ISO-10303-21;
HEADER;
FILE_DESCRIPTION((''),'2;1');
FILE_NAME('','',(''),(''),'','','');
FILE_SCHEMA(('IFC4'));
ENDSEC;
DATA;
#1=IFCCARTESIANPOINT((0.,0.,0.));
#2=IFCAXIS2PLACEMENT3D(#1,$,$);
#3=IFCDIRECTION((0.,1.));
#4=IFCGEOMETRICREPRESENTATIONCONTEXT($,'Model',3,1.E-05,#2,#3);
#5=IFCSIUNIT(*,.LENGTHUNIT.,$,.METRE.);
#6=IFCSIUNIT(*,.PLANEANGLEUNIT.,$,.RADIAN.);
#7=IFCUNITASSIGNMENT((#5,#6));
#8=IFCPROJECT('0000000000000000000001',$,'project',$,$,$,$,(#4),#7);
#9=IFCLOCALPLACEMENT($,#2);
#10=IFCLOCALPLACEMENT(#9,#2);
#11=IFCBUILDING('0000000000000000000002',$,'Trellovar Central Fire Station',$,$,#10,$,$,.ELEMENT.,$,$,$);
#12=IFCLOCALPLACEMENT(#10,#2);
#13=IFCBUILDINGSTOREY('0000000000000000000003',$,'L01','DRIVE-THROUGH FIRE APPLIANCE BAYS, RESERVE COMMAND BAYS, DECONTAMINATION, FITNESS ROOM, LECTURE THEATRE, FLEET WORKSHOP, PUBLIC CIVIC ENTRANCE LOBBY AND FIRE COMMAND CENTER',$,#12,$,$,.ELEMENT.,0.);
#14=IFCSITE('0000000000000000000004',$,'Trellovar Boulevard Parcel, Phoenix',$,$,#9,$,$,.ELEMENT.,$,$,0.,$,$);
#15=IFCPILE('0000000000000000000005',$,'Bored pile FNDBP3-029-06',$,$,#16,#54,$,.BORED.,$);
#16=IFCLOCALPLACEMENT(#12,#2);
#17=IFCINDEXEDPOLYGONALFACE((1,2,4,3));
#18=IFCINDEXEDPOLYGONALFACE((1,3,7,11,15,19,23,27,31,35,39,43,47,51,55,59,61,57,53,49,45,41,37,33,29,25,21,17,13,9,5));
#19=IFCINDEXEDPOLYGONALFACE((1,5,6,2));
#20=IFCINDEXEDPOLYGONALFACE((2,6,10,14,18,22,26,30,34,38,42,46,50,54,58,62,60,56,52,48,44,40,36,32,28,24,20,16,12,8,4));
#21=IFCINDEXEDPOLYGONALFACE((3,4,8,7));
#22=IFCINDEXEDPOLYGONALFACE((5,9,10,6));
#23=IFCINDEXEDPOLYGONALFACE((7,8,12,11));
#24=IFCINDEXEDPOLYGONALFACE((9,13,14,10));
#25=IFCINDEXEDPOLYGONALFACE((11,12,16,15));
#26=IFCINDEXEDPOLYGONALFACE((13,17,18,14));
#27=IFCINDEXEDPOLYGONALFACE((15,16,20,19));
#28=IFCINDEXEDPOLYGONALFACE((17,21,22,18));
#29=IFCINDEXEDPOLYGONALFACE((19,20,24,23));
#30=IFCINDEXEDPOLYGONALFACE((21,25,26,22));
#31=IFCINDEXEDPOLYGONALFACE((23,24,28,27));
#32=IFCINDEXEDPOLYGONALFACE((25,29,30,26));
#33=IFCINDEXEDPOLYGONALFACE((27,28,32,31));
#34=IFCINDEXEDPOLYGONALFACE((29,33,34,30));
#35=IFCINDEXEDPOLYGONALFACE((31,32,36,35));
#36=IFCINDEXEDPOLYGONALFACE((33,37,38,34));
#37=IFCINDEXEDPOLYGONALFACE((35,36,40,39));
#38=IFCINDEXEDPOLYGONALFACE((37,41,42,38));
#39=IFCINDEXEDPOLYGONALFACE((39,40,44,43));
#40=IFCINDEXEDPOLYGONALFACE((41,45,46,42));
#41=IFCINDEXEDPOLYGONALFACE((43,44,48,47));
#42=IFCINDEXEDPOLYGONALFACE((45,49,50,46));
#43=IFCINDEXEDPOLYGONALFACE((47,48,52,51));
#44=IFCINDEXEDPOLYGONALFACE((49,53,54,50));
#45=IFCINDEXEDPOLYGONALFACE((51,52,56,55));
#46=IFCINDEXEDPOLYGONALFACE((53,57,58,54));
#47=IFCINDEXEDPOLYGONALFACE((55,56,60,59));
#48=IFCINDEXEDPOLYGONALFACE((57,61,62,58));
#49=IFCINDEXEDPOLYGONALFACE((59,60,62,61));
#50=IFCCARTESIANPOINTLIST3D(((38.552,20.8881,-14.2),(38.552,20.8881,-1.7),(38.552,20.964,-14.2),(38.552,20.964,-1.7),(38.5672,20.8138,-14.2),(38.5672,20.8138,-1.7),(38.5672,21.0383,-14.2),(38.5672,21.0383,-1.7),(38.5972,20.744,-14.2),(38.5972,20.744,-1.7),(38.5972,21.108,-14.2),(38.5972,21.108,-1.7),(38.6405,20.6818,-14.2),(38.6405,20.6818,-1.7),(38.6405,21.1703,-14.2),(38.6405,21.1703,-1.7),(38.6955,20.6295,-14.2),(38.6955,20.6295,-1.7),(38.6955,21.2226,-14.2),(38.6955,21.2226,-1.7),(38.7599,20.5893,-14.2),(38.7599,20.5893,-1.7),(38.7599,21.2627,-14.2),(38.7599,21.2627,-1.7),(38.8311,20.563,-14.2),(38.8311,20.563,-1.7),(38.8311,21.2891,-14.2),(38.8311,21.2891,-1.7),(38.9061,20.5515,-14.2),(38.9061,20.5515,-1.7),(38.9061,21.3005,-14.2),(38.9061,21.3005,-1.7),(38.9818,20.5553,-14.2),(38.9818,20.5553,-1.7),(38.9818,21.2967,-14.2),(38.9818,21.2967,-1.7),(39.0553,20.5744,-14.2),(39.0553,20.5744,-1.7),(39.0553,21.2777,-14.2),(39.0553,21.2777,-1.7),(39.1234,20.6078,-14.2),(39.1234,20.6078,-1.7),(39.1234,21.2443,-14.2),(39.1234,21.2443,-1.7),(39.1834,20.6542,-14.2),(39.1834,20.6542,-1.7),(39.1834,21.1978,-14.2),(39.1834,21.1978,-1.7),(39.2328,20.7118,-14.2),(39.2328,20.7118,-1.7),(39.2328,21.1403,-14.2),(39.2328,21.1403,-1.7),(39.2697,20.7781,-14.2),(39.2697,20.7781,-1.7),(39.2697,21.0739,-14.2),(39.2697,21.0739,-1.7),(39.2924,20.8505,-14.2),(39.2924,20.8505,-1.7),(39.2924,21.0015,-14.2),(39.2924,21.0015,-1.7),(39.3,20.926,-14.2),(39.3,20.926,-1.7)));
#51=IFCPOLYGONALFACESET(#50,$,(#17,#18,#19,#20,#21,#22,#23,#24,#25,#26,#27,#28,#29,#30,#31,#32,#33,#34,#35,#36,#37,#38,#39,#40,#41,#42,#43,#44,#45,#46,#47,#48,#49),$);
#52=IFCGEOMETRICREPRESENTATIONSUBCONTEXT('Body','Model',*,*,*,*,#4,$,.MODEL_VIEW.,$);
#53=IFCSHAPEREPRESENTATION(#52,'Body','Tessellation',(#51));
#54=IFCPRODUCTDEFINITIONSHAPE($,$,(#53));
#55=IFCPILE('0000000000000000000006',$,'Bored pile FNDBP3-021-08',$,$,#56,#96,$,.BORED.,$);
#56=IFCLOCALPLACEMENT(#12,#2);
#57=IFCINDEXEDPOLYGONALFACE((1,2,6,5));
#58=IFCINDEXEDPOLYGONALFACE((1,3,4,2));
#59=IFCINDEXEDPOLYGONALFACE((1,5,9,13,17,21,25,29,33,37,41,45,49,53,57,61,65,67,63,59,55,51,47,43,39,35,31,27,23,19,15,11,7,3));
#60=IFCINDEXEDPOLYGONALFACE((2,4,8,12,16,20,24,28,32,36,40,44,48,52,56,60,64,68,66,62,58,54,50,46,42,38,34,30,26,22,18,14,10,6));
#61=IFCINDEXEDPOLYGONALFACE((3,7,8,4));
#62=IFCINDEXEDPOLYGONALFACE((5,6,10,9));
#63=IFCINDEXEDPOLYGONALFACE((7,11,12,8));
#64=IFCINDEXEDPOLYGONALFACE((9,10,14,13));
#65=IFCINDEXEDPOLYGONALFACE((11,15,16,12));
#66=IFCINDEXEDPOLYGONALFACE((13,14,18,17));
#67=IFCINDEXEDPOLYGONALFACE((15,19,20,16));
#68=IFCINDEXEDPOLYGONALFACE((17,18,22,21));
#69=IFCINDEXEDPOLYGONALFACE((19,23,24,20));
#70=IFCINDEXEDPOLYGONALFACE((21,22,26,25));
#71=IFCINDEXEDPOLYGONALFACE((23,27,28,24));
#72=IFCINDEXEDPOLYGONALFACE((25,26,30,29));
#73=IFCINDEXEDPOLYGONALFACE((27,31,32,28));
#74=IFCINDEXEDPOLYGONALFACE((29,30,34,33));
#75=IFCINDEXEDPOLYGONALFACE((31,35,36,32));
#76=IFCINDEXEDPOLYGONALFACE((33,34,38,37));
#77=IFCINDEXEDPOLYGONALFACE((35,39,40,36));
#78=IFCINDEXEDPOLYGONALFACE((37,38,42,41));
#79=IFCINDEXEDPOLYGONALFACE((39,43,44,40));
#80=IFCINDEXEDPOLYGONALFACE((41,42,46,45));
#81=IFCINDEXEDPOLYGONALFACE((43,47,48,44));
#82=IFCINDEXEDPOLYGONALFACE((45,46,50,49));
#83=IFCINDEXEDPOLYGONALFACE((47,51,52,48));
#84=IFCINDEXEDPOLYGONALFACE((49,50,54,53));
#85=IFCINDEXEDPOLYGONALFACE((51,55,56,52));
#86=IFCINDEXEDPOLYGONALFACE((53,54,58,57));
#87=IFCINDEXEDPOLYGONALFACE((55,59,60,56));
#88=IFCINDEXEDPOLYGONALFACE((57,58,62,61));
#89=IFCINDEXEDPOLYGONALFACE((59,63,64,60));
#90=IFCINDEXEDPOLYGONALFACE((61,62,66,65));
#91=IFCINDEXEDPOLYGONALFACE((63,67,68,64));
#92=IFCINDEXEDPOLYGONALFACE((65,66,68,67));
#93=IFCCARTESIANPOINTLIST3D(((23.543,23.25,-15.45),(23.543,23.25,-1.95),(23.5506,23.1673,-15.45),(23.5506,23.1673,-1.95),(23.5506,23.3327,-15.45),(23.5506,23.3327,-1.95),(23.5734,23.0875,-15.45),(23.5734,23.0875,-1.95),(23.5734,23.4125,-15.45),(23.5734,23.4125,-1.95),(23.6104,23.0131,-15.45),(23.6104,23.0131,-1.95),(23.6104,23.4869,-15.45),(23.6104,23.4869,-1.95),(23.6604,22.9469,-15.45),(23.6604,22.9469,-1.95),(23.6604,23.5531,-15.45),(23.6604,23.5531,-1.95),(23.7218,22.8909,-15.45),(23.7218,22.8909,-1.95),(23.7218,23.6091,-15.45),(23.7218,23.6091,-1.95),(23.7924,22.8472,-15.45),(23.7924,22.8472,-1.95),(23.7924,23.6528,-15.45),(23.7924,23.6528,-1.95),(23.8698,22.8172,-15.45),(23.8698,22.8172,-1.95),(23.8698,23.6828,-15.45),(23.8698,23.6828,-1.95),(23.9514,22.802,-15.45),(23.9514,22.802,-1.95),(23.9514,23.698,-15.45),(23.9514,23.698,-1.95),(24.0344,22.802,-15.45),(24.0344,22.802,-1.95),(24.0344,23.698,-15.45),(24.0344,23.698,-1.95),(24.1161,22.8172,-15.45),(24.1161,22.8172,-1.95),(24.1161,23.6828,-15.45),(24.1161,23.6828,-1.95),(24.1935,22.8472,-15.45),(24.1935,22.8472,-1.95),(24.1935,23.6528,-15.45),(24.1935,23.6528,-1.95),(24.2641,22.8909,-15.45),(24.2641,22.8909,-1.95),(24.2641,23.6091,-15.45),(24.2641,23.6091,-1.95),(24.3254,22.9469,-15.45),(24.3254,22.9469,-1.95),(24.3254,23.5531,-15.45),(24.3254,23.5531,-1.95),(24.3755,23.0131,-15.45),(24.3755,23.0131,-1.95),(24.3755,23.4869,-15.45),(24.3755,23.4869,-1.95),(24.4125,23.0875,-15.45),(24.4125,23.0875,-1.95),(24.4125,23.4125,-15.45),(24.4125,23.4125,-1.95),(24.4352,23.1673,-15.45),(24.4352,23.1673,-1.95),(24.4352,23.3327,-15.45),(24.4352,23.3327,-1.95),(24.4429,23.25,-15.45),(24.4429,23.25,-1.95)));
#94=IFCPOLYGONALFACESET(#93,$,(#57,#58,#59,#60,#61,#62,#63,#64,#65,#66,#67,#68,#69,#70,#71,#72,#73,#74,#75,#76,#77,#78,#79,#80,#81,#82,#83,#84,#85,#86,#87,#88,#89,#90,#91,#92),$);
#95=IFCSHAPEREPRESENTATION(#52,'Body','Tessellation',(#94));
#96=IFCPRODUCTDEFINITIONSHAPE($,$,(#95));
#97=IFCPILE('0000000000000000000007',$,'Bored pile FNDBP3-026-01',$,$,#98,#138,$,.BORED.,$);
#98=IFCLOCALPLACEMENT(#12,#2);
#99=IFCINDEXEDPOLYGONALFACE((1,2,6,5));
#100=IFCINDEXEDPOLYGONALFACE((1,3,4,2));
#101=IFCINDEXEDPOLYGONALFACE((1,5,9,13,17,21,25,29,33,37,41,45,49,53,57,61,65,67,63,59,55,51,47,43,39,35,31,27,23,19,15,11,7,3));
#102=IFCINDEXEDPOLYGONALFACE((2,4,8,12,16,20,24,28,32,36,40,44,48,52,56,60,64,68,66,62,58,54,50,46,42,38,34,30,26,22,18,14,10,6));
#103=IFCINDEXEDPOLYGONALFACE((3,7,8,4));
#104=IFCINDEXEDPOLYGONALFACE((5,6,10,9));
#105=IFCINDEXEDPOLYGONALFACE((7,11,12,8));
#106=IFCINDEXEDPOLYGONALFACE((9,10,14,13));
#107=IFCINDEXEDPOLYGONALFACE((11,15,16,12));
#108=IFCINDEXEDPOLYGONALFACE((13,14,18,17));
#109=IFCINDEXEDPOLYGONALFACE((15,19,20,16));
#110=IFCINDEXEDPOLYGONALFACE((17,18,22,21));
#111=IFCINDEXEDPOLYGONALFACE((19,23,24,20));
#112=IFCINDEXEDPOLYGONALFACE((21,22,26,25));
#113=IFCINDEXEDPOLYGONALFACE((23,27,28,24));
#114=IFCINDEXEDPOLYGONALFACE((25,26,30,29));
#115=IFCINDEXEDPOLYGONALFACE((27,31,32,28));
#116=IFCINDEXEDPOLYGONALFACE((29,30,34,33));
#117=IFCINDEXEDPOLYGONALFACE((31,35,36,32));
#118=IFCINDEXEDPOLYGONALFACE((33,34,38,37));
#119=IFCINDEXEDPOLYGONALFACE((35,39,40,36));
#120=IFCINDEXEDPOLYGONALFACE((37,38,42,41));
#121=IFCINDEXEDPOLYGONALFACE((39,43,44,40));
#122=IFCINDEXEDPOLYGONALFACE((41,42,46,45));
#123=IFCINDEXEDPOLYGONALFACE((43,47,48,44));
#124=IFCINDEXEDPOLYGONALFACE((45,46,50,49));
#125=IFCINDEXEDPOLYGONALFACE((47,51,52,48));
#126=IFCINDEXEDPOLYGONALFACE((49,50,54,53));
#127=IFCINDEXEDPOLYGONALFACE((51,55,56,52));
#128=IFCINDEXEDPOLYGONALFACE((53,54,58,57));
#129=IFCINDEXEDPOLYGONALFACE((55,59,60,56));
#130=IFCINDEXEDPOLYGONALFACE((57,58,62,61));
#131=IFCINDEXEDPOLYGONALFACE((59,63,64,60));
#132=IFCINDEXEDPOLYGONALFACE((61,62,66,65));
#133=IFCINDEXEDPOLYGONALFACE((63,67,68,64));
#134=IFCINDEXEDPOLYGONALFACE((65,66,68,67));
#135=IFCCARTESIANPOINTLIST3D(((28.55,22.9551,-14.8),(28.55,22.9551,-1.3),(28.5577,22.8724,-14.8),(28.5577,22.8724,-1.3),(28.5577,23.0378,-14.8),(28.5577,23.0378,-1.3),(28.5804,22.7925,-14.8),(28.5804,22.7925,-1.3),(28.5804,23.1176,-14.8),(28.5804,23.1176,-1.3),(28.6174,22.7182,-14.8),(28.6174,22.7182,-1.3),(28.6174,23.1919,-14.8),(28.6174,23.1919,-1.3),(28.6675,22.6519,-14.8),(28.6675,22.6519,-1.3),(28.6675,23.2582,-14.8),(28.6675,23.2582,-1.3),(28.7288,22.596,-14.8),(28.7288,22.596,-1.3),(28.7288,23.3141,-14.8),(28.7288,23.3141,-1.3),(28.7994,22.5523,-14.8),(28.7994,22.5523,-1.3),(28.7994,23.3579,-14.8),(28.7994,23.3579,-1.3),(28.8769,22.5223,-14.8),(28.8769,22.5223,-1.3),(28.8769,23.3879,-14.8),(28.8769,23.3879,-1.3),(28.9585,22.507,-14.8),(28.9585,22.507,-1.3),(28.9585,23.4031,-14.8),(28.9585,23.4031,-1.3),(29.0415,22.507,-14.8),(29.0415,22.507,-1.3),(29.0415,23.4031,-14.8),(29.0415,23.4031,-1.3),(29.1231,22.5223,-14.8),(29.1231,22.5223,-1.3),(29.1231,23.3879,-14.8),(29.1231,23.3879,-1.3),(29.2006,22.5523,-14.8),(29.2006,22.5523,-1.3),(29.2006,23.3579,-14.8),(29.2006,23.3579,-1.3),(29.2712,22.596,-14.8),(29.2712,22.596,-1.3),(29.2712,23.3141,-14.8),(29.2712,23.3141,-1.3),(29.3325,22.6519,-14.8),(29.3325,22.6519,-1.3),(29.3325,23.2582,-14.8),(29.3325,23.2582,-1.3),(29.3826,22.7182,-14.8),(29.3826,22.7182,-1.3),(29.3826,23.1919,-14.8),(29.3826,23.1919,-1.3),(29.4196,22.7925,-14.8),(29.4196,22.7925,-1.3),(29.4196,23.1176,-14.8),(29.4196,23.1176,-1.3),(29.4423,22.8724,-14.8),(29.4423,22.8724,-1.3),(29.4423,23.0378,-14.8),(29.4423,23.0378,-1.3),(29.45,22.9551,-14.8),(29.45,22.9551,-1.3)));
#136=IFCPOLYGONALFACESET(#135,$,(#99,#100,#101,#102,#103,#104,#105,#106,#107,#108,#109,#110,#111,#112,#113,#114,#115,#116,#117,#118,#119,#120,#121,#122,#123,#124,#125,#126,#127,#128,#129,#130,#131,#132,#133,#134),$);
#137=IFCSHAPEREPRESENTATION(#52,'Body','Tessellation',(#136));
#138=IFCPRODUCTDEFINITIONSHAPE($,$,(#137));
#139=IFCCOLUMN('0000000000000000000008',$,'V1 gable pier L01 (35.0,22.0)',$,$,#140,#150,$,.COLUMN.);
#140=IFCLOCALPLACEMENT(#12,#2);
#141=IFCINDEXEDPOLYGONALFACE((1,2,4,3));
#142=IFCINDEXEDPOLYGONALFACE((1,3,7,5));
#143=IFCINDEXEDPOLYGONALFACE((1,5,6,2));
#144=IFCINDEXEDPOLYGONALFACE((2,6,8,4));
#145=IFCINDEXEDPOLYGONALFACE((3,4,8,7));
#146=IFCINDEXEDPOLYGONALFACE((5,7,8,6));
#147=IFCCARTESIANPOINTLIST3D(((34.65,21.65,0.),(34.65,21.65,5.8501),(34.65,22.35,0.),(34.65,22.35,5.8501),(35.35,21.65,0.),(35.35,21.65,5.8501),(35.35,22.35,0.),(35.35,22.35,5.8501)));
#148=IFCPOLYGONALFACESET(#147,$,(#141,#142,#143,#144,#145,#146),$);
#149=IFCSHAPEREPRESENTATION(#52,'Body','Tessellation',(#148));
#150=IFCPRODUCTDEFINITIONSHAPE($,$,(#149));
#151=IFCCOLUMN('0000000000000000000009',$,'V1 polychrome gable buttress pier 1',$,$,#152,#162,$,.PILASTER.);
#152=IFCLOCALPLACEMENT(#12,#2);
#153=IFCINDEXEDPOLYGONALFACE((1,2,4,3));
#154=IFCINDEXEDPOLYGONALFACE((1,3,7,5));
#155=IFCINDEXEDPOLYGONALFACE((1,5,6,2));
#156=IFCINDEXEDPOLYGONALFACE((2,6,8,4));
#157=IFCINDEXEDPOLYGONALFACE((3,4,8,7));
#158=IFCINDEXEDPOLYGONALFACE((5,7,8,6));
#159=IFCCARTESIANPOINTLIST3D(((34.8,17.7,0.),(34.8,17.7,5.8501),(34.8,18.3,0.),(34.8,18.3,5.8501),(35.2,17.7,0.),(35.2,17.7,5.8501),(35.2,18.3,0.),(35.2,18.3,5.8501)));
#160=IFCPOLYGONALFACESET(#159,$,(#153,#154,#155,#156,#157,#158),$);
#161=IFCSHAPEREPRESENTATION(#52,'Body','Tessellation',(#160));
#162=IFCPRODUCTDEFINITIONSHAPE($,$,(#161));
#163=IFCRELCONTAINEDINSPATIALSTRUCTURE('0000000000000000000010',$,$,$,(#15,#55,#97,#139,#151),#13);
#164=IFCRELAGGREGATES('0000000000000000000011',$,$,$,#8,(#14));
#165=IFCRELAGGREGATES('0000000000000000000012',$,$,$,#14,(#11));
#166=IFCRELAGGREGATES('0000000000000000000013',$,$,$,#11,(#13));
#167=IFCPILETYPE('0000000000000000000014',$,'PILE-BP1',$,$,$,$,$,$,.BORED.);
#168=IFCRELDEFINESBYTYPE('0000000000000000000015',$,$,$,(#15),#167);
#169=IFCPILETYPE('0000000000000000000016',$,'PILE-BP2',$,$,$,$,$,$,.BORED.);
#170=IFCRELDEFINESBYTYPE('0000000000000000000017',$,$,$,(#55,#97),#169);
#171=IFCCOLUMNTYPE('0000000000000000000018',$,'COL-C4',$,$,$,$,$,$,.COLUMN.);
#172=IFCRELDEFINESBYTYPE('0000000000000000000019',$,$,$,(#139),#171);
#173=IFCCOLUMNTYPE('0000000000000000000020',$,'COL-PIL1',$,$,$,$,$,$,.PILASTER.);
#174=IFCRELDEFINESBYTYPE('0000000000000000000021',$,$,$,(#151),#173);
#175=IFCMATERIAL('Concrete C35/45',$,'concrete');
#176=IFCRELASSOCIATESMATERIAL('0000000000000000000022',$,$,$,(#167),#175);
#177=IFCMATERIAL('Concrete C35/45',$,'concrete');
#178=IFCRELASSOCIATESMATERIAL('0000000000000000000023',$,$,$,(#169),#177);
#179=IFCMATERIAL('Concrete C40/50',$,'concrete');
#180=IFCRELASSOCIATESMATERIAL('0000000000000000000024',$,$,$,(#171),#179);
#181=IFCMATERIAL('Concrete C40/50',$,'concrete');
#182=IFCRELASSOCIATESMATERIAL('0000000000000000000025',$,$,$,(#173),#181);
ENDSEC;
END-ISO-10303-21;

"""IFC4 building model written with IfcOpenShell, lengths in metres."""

from ifc_helpers import new_model, si_unit, direction, frame, origin, origin_2d, place, context, subcontext, project, spatial, rectangle, circle, extrude, material, material_profile, profile_set, type_object, element, save


model = new_model("IFC4")

# Units and contexts
model_context = context("Model", 3, precision=1e-05, world=origin(), true_north=direction((0.0, 1.0)))
body_context = subcontext(model_context, "Body", "Model", "MODEL_VIEW")
ifc_project = project(units=[si_unit("LENGTHUNIT", "METRE"), si_unit("PLANEANGLEUNIT", "RADIAN")], contexts=[model_context])

# Site, building, storey
site_placement = place(None, origin())
site = spatial("IfcSite", under=ifc_project, at=site_placement, Name="Trellovar Boulevard Parcel, Phoenix", CompositionType="ELEMENT", RefElevation=0.0)
building_placement = place(site_placement, origin())
building = spatial("IfcBuilding", under=site, at=building_placement, Name="Trellovar Central Fire Station", CompositionType="ELEMENT")
storey_placement = place(building_placement, origin())
storey = spatial("IfcBuildingStorey", under=building, at=storey_placement, Name="L01", Description="DRIVE-THROUGH FIRE APPLIANCE BAYS, RESERVE COMMAND BAYS, DECONTAMINATION, FITNESS ROOM, LECTURE THEATRE, FLEET WORKSHOP, PUBLIC CIVIC ENTRANCE LOBBY AND FIRE COMMAND CENTER", CompositionType="ELEMENT", Elevation=0.0)

# Piles
ifc_material_1 = material(Name="Concrete C35/45", Category="concrete")
ifc_material_profile_1 = material_profile(ifc_material_1, circle(Radius=0.375, at=origin_2d()), Name="PILE750")
ifc_profile_set_1 = profile_set([ifc_material_profile_1], Name="Concrete C35/45")
pile_type_1 = type_object("IfcPileType", Name="PILE-BP1", PredefinedType="BORED", material=ifc_profile_set_1)
for number, where, z_axis, x_axis, name in (
    (1, (38.925, 20.926, -1.7), (0.0, 0.0, -1.0), (1.0, 0.0, 0.0), "Bored pile FNDBP3-029-06"),
):
    element("IfcPile", number, at=place(storey_placement, frame(where, z_axis=z_axis, x_axis=x_axis)), inside=storey, type_object=pile_type_1, Name=name, PredefinedType="BORED", context=body_context, shape_type="SweptSolid", body=[
        extrude(circle(Radius=0.375, at=origin_2d()), origin(), (0.0, 0.0, 1.0), 12.5),
    ])
ifc_material_2 = material(Name="Concrete C35/45", Category="concrete")
ifc_material_profile_2 = material_profile(ifc_material_2, circle(Radius=0.45, at=origin_2d()), Name="PILE900")
ifc_profile_set_2 = profile_set([ifc_material_profile_2], Name="Concrete C35/45")
pile_type_2 = type_object("IfcPileType", Name="PILE-BP2", PredefinedType="BORED", material=ifc_profile_set_2)
for number, where, z_axis, x_axis, name in (
    (2, (23.9929, 23.25, -1.95), (0.0, 0.0, -1.0), (1.0, 0.0, 0.0), "Bored pile FNDBP3-021-08"),
    (3, (29.0, 22.9551, -1.3), (0.0, 0.0, -1.0), (1.0, 0.0, 0.0), "Bored pile FNDBP3-026-01"),
):
    element("IfcPile", number, at=place(storey_placement, frame(where, z_axis=z_axis, x_axis=x_axis)), inside=storey, type_object=pile_type_2, Name=name, PredefinedType="BORED", context=body_context, shape_type="SweptSolid", body=[
        extrude(circle(Radius=0.45, at=origin_2d()), origin(), (0.0, 0.0, 1.0), 13.5),
    ])

# Columns
ifc_material_3 = material(Name="Concrete C40/50", Category="concrete")
ifc_material_profile_3 = material_profile(ifc_material_3, rectangle(XDim=0.7, YDim=0.7, at=origin_2d()), Name="RC700X700")
ifc_profile_set_3 = profile_set([ifc_material_profile_3], Name="Concrete C40/50")
column_type_1 = type_object("IfcColumnType", Name="COL-C4", PredefinedType="COLUMN", material=ifc_profile_set_3)
column_1_placement = place(storey_placement, frame((35.0, 22.0, 0.0), z_axis=(0.0, 0.0, 1.0), x_axis=(1.0, 0.0, 0.0)))
element("IfcColumn", 4, at=column_1_placement, inside=storey, type_object=column_type_1, Name="V1 gable pier L01 (35.0,22.0)", PredefinedType="COLUMN", context=body_context, shape_type="SweptSolid", body=[
    extrude(rectangle(XDim=0.7, YDim=0.7, at=origin_2d()), origin(), (0.0, 0.0, 1.0), 5.8501),
])
ifc_material_4 = material(Name="Concrete C40/50", Category="concrete")
ifc_material_profile_4 = material_profile(ifc_material_4, rectangle(XDim=0.3999, YDim=0.6001, at=origin_2d()), Name="RC400X600")
ifc_profile_set_4 = profile_set([ifc_material_profile_4], Name="Concrete C40/50")
column_type_2 = type_object("IfcColumnType", Name="COL-PIL1", PredefinedType="PILASTER", material=ifc_profile_set_4)
column_2_placement = place(storey_placement, frame((35.0, 18.0, 0.0), z_axis=(0.0, 0.0, 1.0), x_axis=(1.0, 0.0, 0.0)))
element("IfcColumn", 5, at=column_2_placement, inside=storey, type_object=column_type_2, Name="V1 polychrome gable buttress pier 1", PredefinedType="PILASTER", context=body_context, shape_type="SweptSolid", body=[
    extrude(rectangle(XDim=0.3999, YDim=0.6001, at=origin_2d()), origin(), (0.0, 0.0, 1.0), 5.8501),
])

save(model, "model.ifc")
